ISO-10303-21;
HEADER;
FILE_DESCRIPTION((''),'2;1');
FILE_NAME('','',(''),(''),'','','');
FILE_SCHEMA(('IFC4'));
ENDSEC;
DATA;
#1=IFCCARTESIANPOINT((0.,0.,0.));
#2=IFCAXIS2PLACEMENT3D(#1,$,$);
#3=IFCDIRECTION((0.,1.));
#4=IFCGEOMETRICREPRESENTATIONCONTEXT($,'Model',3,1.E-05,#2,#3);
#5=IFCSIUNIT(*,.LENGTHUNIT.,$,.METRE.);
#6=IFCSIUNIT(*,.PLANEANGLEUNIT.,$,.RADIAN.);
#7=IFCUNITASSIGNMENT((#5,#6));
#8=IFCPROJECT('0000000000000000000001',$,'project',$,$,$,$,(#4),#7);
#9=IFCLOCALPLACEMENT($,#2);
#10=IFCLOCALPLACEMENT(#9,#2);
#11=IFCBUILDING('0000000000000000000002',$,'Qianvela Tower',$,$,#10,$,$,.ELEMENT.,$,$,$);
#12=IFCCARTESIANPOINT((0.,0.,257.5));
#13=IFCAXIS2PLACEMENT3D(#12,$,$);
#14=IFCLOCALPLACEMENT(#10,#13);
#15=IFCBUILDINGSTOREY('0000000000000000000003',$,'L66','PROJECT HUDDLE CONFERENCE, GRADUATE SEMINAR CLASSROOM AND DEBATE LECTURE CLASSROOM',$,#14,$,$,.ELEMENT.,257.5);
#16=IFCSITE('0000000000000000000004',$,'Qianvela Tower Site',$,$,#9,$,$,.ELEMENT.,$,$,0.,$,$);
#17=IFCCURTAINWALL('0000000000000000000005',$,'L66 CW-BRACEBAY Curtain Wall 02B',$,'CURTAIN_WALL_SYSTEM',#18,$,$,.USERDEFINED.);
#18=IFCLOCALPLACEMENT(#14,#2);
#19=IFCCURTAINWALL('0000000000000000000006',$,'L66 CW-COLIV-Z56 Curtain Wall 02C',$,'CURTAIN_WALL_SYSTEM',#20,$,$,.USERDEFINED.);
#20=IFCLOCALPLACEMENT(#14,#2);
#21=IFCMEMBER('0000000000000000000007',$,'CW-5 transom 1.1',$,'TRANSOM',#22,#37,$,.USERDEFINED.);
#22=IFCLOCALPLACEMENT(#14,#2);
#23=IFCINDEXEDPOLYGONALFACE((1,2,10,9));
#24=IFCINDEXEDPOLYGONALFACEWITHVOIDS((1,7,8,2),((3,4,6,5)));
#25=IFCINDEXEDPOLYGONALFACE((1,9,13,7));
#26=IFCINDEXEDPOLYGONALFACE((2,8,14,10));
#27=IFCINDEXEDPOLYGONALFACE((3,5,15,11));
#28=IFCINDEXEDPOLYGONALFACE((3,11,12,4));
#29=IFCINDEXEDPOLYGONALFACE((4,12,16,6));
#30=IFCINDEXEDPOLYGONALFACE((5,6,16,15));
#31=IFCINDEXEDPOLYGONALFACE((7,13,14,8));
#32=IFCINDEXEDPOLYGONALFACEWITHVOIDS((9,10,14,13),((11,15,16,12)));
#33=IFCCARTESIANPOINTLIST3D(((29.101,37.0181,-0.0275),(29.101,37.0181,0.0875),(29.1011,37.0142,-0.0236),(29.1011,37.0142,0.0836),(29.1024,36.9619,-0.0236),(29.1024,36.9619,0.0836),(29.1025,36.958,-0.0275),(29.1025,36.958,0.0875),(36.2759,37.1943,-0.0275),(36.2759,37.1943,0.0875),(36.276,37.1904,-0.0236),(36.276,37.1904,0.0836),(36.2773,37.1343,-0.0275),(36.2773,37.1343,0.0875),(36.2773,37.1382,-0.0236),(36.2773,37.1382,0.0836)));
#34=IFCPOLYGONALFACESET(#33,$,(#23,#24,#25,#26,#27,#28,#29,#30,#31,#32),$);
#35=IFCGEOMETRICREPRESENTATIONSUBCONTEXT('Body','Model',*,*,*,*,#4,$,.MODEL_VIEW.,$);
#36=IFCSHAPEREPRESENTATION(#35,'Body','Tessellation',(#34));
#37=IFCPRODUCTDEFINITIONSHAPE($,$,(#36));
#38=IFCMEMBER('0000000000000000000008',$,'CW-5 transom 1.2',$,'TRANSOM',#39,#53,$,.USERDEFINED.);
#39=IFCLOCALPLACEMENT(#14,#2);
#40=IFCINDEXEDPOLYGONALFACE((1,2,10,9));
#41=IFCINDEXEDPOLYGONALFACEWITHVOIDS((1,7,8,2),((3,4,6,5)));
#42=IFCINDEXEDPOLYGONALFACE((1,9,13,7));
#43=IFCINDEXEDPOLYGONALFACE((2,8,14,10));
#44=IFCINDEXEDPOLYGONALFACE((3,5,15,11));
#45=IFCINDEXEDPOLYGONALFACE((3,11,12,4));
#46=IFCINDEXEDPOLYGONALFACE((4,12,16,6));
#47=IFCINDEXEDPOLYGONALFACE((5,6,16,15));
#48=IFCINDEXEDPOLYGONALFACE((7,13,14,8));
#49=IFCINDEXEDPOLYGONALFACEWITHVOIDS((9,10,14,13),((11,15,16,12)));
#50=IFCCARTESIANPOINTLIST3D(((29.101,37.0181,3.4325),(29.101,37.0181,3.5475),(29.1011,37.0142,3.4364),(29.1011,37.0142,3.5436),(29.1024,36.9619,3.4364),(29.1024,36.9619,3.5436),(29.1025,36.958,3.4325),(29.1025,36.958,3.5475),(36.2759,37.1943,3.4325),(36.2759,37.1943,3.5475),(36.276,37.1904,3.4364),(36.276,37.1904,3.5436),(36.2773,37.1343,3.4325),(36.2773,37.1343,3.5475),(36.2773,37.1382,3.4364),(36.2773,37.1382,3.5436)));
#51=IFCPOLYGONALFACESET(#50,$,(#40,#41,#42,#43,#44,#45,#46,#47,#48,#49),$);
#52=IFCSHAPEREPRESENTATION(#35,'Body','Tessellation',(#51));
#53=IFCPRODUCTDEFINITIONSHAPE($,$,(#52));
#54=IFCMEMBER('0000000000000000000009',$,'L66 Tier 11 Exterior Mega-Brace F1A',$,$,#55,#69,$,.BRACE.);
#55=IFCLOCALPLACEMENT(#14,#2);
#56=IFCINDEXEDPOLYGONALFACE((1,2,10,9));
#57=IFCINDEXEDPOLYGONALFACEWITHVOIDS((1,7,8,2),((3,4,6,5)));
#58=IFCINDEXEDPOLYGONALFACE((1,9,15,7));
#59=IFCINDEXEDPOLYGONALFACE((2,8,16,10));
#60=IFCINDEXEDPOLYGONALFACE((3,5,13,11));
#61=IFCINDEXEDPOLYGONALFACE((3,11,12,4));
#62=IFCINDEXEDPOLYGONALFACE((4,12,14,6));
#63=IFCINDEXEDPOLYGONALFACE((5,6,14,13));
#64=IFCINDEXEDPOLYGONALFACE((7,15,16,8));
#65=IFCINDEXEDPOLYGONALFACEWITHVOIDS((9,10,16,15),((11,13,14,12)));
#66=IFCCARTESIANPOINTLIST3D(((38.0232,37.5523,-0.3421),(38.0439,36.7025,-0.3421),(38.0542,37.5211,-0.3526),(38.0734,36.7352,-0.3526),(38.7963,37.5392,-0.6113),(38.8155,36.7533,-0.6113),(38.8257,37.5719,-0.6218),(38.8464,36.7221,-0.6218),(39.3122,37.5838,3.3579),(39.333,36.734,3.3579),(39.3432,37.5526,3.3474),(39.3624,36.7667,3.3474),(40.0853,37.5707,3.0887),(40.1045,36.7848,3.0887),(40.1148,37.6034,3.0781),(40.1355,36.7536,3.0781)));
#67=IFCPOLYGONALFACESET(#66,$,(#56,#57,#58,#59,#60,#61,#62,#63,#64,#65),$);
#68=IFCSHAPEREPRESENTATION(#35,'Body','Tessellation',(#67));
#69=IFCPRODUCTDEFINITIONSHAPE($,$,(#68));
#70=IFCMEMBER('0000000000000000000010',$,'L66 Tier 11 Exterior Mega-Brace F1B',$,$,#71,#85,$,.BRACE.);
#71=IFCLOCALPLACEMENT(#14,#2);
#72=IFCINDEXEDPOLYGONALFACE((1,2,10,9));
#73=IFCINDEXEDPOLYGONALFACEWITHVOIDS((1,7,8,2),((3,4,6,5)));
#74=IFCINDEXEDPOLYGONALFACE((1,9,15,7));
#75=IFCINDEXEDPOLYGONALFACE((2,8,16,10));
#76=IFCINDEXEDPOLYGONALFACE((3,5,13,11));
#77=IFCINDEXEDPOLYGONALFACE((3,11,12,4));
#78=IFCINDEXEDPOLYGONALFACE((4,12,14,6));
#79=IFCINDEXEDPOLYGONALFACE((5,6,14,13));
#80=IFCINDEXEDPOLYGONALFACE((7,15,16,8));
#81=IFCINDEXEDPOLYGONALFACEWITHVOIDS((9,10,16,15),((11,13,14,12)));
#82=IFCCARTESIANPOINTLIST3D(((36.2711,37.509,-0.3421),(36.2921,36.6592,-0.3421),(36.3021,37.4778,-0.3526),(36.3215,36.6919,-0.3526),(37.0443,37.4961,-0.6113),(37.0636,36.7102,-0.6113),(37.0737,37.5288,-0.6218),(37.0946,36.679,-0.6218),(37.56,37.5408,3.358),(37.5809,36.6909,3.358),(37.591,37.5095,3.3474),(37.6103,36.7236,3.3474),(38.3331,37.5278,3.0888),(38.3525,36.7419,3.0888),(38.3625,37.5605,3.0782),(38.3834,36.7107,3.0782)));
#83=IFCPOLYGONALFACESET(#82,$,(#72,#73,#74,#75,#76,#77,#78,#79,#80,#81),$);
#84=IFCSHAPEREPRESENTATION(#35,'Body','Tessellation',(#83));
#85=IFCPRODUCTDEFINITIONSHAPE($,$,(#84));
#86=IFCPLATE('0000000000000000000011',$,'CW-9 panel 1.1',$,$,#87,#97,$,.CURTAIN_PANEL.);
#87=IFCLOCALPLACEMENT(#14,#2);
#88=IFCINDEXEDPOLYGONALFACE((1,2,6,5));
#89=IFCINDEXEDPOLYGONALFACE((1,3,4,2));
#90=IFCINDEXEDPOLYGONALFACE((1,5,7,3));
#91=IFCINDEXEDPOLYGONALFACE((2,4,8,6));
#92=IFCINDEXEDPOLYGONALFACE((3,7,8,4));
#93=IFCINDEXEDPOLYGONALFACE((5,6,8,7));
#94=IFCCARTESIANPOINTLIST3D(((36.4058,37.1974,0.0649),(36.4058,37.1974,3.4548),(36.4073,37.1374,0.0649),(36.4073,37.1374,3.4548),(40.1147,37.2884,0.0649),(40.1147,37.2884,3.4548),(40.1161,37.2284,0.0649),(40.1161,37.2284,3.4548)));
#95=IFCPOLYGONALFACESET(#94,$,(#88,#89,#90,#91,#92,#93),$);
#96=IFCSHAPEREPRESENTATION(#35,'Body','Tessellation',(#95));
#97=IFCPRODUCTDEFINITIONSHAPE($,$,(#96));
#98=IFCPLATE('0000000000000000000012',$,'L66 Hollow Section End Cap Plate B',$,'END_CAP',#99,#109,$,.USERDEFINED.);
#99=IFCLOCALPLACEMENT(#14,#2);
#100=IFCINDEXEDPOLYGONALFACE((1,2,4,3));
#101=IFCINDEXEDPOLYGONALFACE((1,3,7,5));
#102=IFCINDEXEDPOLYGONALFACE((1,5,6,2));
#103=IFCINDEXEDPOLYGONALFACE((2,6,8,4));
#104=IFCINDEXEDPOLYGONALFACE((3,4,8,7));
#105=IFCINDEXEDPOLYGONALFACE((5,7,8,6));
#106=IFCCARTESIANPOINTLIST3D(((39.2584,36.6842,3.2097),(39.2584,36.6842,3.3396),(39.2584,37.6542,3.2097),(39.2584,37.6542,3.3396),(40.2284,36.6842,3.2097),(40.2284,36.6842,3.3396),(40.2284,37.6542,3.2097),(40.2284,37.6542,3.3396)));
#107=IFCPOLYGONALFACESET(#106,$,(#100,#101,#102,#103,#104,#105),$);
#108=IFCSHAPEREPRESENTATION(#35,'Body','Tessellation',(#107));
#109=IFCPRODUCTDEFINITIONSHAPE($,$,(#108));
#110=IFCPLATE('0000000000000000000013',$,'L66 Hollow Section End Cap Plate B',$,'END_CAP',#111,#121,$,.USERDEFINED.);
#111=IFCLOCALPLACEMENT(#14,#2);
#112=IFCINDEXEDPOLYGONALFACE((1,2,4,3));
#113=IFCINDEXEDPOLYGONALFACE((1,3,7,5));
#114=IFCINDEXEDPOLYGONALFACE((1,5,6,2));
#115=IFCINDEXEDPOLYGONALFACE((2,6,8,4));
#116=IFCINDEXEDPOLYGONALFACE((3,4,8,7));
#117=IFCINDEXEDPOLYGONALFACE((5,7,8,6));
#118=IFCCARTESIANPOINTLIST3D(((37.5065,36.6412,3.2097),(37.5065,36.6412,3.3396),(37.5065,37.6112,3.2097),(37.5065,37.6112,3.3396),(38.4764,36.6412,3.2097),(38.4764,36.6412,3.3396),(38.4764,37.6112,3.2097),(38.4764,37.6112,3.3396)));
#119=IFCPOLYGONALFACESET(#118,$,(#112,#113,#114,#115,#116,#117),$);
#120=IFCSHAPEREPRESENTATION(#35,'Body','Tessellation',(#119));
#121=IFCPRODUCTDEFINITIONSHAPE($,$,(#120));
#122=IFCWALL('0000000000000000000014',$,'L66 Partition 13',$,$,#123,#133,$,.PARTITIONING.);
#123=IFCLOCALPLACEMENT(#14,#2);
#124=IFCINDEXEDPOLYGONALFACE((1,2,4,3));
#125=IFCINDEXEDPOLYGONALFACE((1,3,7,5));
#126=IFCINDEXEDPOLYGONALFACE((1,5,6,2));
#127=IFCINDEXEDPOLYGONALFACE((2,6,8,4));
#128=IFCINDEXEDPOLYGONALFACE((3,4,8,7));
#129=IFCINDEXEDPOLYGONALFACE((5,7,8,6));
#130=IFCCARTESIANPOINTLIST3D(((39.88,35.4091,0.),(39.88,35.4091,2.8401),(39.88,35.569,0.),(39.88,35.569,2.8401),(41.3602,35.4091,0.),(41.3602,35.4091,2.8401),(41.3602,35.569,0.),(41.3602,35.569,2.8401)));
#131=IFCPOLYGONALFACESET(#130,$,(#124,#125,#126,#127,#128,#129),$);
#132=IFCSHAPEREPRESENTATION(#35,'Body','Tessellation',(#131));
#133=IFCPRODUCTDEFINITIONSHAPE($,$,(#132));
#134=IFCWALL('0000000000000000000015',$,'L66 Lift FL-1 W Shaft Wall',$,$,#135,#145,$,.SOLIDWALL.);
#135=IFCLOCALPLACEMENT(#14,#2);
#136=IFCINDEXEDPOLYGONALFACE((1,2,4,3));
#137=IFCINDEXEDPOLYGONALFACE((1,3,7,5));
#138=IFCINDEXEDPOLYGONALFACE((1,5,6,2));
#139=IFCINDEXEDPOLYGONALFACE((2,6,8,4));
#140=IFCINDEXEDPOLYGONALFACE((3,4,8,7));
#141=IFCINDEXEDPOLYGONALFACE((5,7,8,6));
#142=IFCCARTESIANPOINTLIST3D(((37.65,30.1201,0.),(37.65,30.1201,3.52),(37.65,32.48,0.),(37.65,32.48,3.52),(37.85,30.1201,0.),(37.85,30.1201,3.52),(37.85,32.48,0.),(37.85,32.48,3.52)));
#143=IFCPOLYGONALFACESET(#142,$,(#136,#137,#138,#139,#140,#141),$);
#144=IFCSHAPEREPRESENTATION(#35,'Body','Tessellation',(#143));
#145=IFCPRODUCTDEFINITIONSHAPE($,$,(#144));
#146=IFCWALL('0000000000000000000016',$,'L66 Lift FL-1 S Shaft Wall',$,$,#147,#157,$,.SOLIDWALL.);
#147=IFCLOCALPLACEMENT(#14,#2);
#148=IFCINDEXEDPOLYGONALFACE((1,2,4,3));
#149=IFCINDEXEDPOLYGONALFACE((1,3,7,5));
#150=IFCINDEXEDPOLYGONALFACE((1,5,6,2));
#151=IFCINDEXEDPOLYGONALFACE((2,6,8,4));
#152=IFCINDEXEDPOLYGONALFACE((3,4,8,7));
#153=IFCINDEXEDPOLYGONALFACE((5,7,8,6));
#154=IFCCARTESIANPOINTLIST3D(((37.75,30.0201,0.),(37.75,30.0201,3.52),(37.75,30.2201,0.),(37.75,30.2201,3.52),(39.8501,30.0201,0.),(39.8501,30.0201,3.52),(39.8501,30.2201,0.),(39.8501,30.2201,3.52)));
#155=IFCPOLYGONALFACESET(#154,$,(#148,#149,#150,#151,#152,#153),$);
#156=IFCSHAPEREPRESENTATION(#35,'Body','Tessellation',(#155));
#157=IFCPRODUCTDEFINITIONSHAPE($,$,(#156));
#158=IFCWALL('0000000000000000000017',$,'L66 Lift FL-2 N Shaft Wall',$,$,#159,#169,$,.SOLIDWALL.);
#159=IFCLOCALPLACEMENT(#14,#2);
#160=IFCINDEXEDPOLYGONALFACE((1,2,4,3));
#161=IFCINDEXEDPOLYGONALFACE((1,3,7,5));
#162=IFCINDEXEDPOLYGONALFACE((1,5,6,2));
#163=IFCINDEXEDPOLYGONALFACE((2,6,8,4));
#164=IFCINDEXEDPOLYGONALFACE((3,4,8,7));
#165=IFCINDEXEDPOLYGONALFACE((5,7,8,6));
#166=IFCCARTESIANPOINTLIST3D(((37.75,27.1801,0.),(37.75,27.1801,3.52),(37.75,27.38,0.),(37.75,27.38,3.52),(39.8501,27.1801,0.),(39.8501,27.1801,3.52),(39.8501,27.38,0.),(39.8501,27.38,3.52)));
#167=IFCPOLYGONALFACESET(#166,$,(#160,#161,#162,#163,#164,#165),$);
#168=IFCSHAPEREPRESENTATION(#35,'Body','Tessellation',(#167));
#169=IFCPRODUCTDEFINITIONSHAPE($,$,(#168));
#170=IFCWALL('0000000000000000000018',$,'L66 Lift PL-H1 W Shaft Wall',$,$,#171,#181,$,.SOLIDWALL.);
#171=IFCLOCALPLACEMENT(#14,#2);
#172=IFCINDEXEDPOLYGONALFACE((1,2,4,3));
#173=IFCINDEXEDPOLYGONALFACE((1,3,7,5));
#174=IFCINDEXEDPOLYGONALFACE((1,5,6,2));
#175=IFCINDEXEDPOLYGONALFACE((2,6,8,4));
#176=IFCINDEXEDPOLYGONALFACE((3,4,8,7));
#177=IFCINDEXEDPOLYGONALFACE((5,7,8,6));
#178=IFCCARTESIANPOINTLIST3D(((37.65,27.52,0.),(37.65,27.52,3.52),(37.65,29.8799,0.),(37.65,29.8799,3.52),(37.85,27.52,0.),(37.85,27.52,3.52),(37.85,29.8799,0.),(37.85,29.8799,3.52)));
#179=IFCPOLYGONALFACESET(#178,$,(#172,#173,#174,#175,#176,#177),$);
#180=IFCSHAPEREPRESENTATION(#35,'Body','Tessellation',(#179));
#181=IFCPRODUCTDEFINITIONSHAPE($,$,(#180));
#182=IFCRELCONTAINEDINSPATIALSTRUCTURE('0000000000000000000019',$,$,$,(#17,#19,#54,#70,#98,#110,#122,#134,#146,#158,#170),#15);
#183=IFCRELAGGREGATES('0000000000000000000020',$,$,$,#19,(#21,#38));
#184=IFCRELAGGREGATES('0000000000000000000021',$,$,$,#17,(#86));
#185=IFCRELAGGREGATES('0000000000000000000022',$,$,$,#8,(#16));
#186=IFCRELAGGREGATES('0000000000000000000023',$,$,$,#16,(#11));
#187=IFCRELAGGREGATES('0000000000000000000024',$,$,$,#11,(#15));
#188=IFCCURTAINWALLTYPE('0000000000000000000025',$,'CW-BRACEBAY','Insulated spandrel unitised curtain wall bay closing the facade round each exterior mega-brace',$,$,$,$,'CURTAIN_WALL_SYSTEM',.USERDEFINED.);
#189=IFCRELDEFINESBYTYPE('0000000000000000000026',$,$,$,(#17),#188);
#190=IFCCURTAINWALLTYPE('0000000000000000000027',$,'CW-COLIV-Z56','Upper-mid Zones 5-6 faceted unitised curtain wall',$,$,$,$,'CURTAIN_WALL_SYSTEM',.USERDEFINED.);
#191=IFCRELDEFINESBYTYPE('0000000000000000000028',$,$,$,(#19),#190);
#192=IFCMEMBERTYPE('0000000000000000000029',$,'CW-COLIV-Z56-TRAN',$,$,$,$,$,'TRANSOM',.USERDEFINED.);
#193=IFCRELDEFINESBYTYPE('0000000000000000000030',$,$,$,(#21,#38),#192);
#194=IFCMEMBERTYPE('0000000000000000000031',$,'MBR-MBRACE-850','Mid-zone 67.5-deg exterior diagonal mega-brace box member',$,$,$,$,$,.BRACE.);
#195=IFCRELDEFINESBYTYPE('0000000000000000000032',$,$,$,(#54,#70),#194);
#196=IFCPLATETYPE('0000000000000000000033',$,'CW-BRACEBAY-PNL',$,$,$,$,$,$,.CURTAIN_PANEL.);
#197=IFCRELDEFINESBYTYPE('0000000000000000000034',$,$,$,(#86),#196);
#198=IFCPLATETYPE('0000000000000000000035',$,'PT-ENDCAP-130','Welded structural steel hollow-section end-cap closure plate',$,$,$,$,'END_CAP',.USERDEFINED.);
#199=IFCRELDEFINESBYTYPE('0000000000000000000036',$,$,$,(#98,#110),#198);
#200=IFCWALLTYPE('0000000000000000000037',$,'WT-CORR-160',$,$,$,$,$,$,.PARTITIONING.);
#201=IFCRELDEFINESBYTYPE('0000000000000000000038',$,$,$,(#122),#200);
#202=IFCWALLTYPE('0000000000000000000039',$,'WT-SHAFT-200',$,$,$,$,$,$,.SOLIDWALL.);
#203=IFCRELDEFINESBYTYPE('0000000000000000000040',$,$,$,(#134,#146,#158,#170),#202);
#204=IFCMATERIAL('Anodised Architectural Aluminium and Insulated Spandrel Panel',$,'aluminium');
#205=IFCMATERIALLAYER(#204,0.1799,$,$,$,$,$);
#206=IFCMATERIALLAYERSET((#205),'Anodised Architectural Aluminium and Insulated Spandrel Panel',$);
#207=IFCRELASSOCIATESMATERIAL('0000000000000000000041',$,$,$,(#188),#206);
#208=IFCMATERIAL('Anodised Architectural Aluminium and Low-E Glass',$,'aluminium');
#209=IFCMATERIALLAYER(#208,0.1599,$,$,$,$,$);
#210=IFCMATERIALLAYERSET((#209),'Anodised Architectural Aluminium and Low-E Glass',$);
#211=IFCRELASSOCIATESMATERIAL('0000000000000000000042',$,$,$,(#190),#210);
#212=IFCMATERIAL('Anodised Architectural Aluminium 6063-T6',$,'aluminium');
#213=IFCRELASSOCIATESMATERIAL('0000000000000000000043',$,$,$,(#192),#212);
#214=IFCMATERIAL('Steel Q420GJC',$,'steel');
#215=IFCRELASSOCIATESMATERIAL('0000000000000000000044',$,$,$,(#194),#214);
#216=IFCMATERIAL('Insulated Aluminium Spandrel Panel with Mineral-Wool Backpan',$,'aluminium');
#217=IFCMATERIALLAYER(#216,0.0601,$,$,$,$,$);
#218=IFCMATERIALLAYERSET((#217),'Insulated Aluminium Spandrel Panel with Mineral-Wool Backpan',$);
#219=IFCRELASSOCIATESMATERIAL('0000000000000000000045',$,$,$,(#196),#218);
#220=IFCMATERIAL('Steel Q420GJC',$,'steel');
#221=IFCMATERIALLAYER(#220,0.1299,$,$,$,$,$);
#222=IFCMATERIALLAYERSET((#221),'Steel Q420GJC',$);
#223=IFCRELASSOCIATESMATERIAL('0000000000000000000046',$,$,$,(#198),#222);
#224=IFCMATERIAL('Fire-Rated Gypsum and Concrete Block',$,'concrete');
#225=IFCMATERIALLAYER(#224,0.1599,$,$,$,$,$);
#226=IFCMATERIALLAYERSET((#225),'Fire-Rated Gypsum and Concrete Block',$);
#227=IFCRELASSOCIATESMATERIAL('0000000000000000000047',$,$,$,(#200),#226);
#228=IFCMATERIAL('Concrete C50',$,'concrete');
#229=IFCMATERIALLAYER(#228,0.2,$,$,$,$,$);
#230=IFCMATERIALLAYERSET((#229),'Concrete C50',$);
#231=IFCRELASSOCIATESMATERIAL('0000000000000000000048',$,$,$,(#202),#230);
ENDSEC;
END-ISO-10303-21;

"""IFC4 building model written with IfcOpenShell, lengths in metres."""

from ifc_helpers import new_model, si_unit, direction, frame, frame_2d, origin, origin_2d, place, context, subcontext, project, spatial, rectangle, hollow_rectangle, extrude, material, layer, layer_set, material_profile, profile_set, type_object, element, aggregate, save


model = new_model("IFC4")

# Units and contexts
model_context = context("Model", 3, precision=1e-05, world=origin(), true_north=direction((0.0, 1.0)))
body_context = subcontext(model_context, "Body", "Model", "MODEL_VIEW")
ifc_project = project(units=[si_unit("LENGTHUNIT", "METRE"), si_unit("PLANEANGLEUNIT", "RADIAN")], contexts=[model_context])

# Site, building, storey
site_placement = place(None, origin())
site = spatial("IfcSite", under=ifc_project, at=site_placement, Name="Qianvela Tower Site", CompositionType="ELEMENT", RefElevation=0.0)
building_placement = place(site_placement, origin())
building = spatial("IfcBuilding", under=site, at=building_placement, Name="Qianvela Tower", CompositionType="ELEMENT")
storey_placement = place(building_placement, frame((0.0, 0.0, 257.5)))
storey = spatial("IfcBuildingStorey", under=building, at=storey_placement, Name="L66", Description="PROJECT HUDDLE CONFERENCE, GRADUATE SEMINAR CLASSROOM AND DEBATE LECTURE CLASSROOM", CompositionType="ELEMENT", Elevation=257.5)

# Curtain wall
ifc_material_1 = material(Name="Anodised Architectural Aluminium and Insulated Spandrel Panel", Category="aluminium")
ifc_layer_1 = layer(ifc_material_1, 0.1799)
ifc_layer_set_1 = layer_set([ifc_layer_1], Name="Anodised Architectural Aluminium and Insulated Spandrel Panel")
curtain_wall_type_1 = type_object("IfcCurtainWallType", Name="CW-BRACEBAY", Description="Insulated spandrel unitised curtain wall bay closing the facade round each exterior mega-brace", ElementType="CURTAIN_WALL_SYSTEM", PredefinedType="USERDEFINED", material=ifc_layer_set_1)
curtain_wall_1_placement = place(storey_placement, origin())
curtain_wall_1 = element("IfcCurtainWall", 1, at=curtain_wall_1_placement, inside=storey, type_object=curtain_wall_type_1, Name="L66 CW-BRACEBAY Curtain Wall 02B", ObjectType="CURTAIN_WALL_SYSTEM", PredefinedType="USERDEFINED")

# Curtain wall, members
ifc_material_2 = material(Name="Anodised Architectural Aluminium and Low-E Glass", Category="aluminium")
ifc_layer_2 = layer(ifc_material_2, 0.1599)
ifc_layer_set_2 = layer_set([ifc_layer_2], Name="Anodised Architectural Aluminium and Low-E Glass")
curtain_wall_type_2 = type_object("IfcCurtainWallType", Name="CW-COLIV-Z56", Description="Upper-mid Zones 5-6 faceted unitised curtain wall", ElementType="CURTAIN_WALL_SYSTEM", PredefinedType="USERDEFINED", material=ifc_layer_set_2)
curtain_wall_2_placement = place(storey_placement, origin())
curtain_wall_2 = element("IfcCurtainWall", 2, at=curtain_wall_2_placement, inside=storey, type_object=curtain_wall_type_2, Name="L66 CW-COLIV-Z56 Curtain Wall 02C", ObjectType="CURTAIN_WALL_SYSTEM", PredefinedType="USERDEFINED")
ifc_material_3 = material(Name="Anodised Architectural Aluminium 6063-T6", Category="aluminium")
ifc_material_profile_1 = material_profile(ifc_material_3, hollow_rectangle(XDim=0.0601, YDim=0.115, WallThickness=0.0039, at=origin_2d()), Name="ALU-TRAN-60x115")
ifc_profile_set_1 = profile_set([ifc_material_profile_1], Name="Anodised Architectural Aluminium 6063-T6")
member_type_1 = type_object("IfcMemberType", Name="CW-COLIV-Z56-TRAN", ElementType="TRANSOM", PredefinedType="USERDEFINED", material=ifc_profile_set_1)
member_1_placement = place(storey_placement, frame((36.2766, 37.1643, 0.03), z_axis=(-0.999698, -0.02456, 0.0), x_axis=(0.02456, -0.999698, 0.0)))
member_1 = element("IfcMember", 3, at=member_1_placement, type_object=member_type_1, Name="CW-5 transom 1.1", ObjectType="TRANSOM", PredefinedType="USERDEFINED", context=body_context, shape_type="SweptSolid", body=[
    extrude(hollow_rectangle(XDim=0.0601, YDim=0.115, WallThickness=0.0039, at=origin_2d()), origin(), (0.0, 0.0, 1.0), 7.177),
])
member_2_placement = place(storey_placement, frame((36.2766, 37.1643, 3.49), z_axis=(-0.999698, -0.02456, 0.0), x_axis=(0.02456, -0.999698, 0.0)))
member_2 = element("IfcMember", 4, at=member_2_placement, type_object=member_type_1, Name="CW-5 transom 1.2", ObjectType="TRANSOM", PredefinedType="USERDEFINED", context=body_context, shape_type="SweptSolid", body=[
    extrude(hollow_rectangle(XDim=0.0601, YDim=0.115, WallThickness=0.0039, at=origin_2d()), origin(), (0.0, 0.0, 1.0), 7.177),
])
aggregate(curtain_wall_2, [member_1, member_2])

# Members
ifc_material_4 = material(Name="Steel Q420GJC", Category="steel")
ifc_material_profile_2 = material_profile(ifc_material_4, hollow_rectangle(XDim=0.8501, YDim=0.8501, WallThickness=0.032, at=origin_2d()), Name="MBOX-850x850x32")
ifc_profile_set_2 = profile_set([ifc_material_profile_2], Name="Steel Q420GJC")
member_type_2 = type_object("IfcMemberType", Name="MBR-MBRACE-850", Description="Mid-zone 67.5-deg exterior diagonal mega-brace box member", PredefinedType="BRACE", material=ifc_profile_set_2)
for number, where, z_axis, x_axis, name in (
    (5, (38.4348, 37.1372, -0.4819), (0.328993, 0.008038, 0.944298), (-0.024425, 0.999702, 0.0), "L66 Tier 11 Exterior Mega-Brace F1A"),
    (6, (36.6829, 37.094, -0.4819), (0.328938, 0.0081, 0.944317), (-0.024618, 0.999697, 0.0), "L66 Tier 11 Exterior Mega-Brace F1B"),
):
    element("IfcMember", number, at=place(storey_placement, frame(where, z_axis=z_axis, x_axis=x_axis)), inside=storey, type_object=member_type_2, Name=name, PredefinedType="BRACE", context=body_context, shape_type="SweptSolid", body=[
        extrude(hollow_rectangle(XDim=0.8501, YDim=0.8501, WallThickness=0.032, at=origin_2d()), origin(), (0.0, 0.0, 1.0), 3.9182),
    ])

# Plate
ifc_material_5 = material(Name="Insulated Aluminium Spandrel Panel with Mineral-Wool Backpan", Category="aluminium")
ifc_layer_3 = layer(ifc_material_5, 0.0601)
ifc_layer_set_3 = layer_set([ifc_layer_3], Name="Insulated Aluminium Spandrel Panel with Mineral-Wool Backpan")
plate_type_1 = type_object("IfcPlateType", Name="CW-BRACEBAY-PNL", PredefinedType="CURTAIN_PANEL", material=ifc_layer_set_3)
plate_placement = place(storey_placement, frame((38.261, 37.2129, 0.0649), z_axis=(0.0, 0.0, 1.0), x_axis=(-0.999699, -0.024532, 0.0)))
plate = element("IfcPlate", 7, at=plate_placement, type_object=plate_type_1, Name="CW-9 panel 1.1", PredefinedType="CURTAIN_PANEL", context=body_context, shape_type="SweptSolid", body=[
    extrude(rectangle(XDim=3.71, YDim=0.0601, at=origin_2d()), origin(), (0.0, 0.0, 1.0), 3.3899),
])
aggregate(curtain_wall_1, [plate])

# Plates
ifc_material_6 = material(Name="Steel Q420GJC", Category="steel")
ifc_layer_4 = layer(ifc_material_6, 0.1299)
ifc_layer_set_4 = layer_set([ifc_layer_4], Name="Steel Q420GJC")
plate_type_2 = type_object("IfcPlateType", Name="PT-ENDCAP-130", Description="Welded structural steel hollow-section end-cap closure plate", ElementType="END_CAP", PredefinedType="USERDEFINED", material=ifc_layer_set_4)
for number, where, z_axis, x_axis, name in (
    (8, (39.7434, 37.1692, 3.2097), (0.0, 0.0, 1.0), (1.0, 0.0, 0.0), "L66 Hollow Section End Cap Plate B"),
    (9, (37.9915, 37.1262, 3.2097), (0.0, 0.0, 1.0), (1.0, 0.0, 0.0), "L66 Hollow Section End Cap Plate B"),
):
    element("IfcPlate", number, at=place(storey_placement, frame(where, z_axis=z_axis, x_axis=x_axis)), inside=storey, type_object=plate_type_2, Name=name, ObjectType="END_CAP", PredefinedType="USERDEFINED", context=body_context, shape_type="SweptSolid", body=[
        extrude(rectangle(XDim=0.97, YDim=0.97, at=origin_2d()), origin(), (0.0, 0.0, 1.0), 0.1299),
    ])

# Wall
ifc_material_7 = material(Name="Fire-Rated Gypsum and Concrete Block", Category="concrete")
ifc_layer_5 = layer(ifc_material_7, 0.1599)
ifc_layer_set_5 = layer_set([ifc_layer_5], Name="Fire-Rated Gypsum and Concrete Block")
wall_type_1 = type_object("IfcWallType", Name="WT-CORR-160", PredefinedType="PARTITIONING", material=ifc_layer_set_5)
wall_1_placement = place(storey_placement, frame((39.8799, 35.489, 0.0), z_axis=(0.0, 0.0, 1.0), x_axis=(1.0, 0.0, 0.0)))
element("IfcWall", 10, at=wall_1_placement, inside=storey, type_object=wall_type_1, Name="L66 Partition 13", PredefinedType="PARTITIONING", context=body_context, shape_type="SweptSolid", body=[
    extrude(rectangle(XDim=1.4802, YDim=0.1599, at=frame_2d((0.7402, 0.0))), origin(), (0.0, 0.0, 1.0), 2.8401),
])

# Shared definitions
ifc_material_8 = material(Name="Concrete C50", Category="concrete")
ifc_layer_6 = layer(ifc_material_8, 0.2)
ifc_layer_set_6 = layer_set([ifc_layer_6], Name="Concrete C50")
wall_type_2 = type_object("IfcWallType", Name="WT-SHAFT-200", PredefinedType="SOLIDWALL", material=ifc_layer_set_6)

# Walls
wall_2_placement = place(storey_placement, frame((37.75, 30.1201, 0.0), z_axis=(0.0, 0.0, 1.0), x_axis=(0.0, 1.0, 0.0)))
element("IfcWall", 11, at=wall_2_placement, inside=storey, type_object=wall_type_2, Name="L66 Lift FL-1 W Shaft Wall", PredefinedType="SOLIDWALL", context=body_context, shape_type="SweptSolid", body=[
    extrude(rectangle(XDim=2.3599, YDim=0.2, at=frame_2d((1.1799, 0.0))), origin(), (0.0, 0.0, 1.0), 3.52),
])
for number, where, z_axis, x_axis, name in (
    (12, (37.75, 30.1201, 0.0), (0.0, 0.0, 1.0), (1.0, 0.0, 0.0), "L66 Lift FL-1 S Shaft Wall"),
    (13, (37.75, 27.28, 0.0), (0.0, 0.0, 1.0), (1.0, 0.0, 0.0), "L66 Lift FL-2 N Shaft Wall"),
):
    element("IfcWall", number, at=place(storey_placement, frame(where, z_axis=z_axis, x_axis=x_axis)), inside=storey, type_object=wall_type_2, Name=name, PredefinedType="SOLIDWALL", context=body_context, shape_type="SweptSolid", body=[
        extrude(rectangle(XDim=2.1001, YDim=0.2, at=frame_2d((1.05, 0.0))), origin(), (0.0, 0.0, 1.0), 3.52),
    ])

# Wall
wall_3_placement = place(storey_placement, frame((37.75, 27.52, 0.0), z_axis=(0.0, 0.0, 1.0), x_axis=(0.0, 1.0, 0.0)))
element("IfcWall", 14, at=wall_3_placement, inside=storey, type_object=wall_type_2, Name="L66 Lift PL-H1 W Shaft Wall", PredefinedType="SOLIDWALL", context=body_context, shape_type="SweptSolid", body=[
    extrude(rectangle(XDim=2.3599, YDim=0.2, at=frame_2d((1.1799, 0.0))), origin(), (0.0, 0.0, 1.0), 3.52),
])

save(model, "model.ifc")
